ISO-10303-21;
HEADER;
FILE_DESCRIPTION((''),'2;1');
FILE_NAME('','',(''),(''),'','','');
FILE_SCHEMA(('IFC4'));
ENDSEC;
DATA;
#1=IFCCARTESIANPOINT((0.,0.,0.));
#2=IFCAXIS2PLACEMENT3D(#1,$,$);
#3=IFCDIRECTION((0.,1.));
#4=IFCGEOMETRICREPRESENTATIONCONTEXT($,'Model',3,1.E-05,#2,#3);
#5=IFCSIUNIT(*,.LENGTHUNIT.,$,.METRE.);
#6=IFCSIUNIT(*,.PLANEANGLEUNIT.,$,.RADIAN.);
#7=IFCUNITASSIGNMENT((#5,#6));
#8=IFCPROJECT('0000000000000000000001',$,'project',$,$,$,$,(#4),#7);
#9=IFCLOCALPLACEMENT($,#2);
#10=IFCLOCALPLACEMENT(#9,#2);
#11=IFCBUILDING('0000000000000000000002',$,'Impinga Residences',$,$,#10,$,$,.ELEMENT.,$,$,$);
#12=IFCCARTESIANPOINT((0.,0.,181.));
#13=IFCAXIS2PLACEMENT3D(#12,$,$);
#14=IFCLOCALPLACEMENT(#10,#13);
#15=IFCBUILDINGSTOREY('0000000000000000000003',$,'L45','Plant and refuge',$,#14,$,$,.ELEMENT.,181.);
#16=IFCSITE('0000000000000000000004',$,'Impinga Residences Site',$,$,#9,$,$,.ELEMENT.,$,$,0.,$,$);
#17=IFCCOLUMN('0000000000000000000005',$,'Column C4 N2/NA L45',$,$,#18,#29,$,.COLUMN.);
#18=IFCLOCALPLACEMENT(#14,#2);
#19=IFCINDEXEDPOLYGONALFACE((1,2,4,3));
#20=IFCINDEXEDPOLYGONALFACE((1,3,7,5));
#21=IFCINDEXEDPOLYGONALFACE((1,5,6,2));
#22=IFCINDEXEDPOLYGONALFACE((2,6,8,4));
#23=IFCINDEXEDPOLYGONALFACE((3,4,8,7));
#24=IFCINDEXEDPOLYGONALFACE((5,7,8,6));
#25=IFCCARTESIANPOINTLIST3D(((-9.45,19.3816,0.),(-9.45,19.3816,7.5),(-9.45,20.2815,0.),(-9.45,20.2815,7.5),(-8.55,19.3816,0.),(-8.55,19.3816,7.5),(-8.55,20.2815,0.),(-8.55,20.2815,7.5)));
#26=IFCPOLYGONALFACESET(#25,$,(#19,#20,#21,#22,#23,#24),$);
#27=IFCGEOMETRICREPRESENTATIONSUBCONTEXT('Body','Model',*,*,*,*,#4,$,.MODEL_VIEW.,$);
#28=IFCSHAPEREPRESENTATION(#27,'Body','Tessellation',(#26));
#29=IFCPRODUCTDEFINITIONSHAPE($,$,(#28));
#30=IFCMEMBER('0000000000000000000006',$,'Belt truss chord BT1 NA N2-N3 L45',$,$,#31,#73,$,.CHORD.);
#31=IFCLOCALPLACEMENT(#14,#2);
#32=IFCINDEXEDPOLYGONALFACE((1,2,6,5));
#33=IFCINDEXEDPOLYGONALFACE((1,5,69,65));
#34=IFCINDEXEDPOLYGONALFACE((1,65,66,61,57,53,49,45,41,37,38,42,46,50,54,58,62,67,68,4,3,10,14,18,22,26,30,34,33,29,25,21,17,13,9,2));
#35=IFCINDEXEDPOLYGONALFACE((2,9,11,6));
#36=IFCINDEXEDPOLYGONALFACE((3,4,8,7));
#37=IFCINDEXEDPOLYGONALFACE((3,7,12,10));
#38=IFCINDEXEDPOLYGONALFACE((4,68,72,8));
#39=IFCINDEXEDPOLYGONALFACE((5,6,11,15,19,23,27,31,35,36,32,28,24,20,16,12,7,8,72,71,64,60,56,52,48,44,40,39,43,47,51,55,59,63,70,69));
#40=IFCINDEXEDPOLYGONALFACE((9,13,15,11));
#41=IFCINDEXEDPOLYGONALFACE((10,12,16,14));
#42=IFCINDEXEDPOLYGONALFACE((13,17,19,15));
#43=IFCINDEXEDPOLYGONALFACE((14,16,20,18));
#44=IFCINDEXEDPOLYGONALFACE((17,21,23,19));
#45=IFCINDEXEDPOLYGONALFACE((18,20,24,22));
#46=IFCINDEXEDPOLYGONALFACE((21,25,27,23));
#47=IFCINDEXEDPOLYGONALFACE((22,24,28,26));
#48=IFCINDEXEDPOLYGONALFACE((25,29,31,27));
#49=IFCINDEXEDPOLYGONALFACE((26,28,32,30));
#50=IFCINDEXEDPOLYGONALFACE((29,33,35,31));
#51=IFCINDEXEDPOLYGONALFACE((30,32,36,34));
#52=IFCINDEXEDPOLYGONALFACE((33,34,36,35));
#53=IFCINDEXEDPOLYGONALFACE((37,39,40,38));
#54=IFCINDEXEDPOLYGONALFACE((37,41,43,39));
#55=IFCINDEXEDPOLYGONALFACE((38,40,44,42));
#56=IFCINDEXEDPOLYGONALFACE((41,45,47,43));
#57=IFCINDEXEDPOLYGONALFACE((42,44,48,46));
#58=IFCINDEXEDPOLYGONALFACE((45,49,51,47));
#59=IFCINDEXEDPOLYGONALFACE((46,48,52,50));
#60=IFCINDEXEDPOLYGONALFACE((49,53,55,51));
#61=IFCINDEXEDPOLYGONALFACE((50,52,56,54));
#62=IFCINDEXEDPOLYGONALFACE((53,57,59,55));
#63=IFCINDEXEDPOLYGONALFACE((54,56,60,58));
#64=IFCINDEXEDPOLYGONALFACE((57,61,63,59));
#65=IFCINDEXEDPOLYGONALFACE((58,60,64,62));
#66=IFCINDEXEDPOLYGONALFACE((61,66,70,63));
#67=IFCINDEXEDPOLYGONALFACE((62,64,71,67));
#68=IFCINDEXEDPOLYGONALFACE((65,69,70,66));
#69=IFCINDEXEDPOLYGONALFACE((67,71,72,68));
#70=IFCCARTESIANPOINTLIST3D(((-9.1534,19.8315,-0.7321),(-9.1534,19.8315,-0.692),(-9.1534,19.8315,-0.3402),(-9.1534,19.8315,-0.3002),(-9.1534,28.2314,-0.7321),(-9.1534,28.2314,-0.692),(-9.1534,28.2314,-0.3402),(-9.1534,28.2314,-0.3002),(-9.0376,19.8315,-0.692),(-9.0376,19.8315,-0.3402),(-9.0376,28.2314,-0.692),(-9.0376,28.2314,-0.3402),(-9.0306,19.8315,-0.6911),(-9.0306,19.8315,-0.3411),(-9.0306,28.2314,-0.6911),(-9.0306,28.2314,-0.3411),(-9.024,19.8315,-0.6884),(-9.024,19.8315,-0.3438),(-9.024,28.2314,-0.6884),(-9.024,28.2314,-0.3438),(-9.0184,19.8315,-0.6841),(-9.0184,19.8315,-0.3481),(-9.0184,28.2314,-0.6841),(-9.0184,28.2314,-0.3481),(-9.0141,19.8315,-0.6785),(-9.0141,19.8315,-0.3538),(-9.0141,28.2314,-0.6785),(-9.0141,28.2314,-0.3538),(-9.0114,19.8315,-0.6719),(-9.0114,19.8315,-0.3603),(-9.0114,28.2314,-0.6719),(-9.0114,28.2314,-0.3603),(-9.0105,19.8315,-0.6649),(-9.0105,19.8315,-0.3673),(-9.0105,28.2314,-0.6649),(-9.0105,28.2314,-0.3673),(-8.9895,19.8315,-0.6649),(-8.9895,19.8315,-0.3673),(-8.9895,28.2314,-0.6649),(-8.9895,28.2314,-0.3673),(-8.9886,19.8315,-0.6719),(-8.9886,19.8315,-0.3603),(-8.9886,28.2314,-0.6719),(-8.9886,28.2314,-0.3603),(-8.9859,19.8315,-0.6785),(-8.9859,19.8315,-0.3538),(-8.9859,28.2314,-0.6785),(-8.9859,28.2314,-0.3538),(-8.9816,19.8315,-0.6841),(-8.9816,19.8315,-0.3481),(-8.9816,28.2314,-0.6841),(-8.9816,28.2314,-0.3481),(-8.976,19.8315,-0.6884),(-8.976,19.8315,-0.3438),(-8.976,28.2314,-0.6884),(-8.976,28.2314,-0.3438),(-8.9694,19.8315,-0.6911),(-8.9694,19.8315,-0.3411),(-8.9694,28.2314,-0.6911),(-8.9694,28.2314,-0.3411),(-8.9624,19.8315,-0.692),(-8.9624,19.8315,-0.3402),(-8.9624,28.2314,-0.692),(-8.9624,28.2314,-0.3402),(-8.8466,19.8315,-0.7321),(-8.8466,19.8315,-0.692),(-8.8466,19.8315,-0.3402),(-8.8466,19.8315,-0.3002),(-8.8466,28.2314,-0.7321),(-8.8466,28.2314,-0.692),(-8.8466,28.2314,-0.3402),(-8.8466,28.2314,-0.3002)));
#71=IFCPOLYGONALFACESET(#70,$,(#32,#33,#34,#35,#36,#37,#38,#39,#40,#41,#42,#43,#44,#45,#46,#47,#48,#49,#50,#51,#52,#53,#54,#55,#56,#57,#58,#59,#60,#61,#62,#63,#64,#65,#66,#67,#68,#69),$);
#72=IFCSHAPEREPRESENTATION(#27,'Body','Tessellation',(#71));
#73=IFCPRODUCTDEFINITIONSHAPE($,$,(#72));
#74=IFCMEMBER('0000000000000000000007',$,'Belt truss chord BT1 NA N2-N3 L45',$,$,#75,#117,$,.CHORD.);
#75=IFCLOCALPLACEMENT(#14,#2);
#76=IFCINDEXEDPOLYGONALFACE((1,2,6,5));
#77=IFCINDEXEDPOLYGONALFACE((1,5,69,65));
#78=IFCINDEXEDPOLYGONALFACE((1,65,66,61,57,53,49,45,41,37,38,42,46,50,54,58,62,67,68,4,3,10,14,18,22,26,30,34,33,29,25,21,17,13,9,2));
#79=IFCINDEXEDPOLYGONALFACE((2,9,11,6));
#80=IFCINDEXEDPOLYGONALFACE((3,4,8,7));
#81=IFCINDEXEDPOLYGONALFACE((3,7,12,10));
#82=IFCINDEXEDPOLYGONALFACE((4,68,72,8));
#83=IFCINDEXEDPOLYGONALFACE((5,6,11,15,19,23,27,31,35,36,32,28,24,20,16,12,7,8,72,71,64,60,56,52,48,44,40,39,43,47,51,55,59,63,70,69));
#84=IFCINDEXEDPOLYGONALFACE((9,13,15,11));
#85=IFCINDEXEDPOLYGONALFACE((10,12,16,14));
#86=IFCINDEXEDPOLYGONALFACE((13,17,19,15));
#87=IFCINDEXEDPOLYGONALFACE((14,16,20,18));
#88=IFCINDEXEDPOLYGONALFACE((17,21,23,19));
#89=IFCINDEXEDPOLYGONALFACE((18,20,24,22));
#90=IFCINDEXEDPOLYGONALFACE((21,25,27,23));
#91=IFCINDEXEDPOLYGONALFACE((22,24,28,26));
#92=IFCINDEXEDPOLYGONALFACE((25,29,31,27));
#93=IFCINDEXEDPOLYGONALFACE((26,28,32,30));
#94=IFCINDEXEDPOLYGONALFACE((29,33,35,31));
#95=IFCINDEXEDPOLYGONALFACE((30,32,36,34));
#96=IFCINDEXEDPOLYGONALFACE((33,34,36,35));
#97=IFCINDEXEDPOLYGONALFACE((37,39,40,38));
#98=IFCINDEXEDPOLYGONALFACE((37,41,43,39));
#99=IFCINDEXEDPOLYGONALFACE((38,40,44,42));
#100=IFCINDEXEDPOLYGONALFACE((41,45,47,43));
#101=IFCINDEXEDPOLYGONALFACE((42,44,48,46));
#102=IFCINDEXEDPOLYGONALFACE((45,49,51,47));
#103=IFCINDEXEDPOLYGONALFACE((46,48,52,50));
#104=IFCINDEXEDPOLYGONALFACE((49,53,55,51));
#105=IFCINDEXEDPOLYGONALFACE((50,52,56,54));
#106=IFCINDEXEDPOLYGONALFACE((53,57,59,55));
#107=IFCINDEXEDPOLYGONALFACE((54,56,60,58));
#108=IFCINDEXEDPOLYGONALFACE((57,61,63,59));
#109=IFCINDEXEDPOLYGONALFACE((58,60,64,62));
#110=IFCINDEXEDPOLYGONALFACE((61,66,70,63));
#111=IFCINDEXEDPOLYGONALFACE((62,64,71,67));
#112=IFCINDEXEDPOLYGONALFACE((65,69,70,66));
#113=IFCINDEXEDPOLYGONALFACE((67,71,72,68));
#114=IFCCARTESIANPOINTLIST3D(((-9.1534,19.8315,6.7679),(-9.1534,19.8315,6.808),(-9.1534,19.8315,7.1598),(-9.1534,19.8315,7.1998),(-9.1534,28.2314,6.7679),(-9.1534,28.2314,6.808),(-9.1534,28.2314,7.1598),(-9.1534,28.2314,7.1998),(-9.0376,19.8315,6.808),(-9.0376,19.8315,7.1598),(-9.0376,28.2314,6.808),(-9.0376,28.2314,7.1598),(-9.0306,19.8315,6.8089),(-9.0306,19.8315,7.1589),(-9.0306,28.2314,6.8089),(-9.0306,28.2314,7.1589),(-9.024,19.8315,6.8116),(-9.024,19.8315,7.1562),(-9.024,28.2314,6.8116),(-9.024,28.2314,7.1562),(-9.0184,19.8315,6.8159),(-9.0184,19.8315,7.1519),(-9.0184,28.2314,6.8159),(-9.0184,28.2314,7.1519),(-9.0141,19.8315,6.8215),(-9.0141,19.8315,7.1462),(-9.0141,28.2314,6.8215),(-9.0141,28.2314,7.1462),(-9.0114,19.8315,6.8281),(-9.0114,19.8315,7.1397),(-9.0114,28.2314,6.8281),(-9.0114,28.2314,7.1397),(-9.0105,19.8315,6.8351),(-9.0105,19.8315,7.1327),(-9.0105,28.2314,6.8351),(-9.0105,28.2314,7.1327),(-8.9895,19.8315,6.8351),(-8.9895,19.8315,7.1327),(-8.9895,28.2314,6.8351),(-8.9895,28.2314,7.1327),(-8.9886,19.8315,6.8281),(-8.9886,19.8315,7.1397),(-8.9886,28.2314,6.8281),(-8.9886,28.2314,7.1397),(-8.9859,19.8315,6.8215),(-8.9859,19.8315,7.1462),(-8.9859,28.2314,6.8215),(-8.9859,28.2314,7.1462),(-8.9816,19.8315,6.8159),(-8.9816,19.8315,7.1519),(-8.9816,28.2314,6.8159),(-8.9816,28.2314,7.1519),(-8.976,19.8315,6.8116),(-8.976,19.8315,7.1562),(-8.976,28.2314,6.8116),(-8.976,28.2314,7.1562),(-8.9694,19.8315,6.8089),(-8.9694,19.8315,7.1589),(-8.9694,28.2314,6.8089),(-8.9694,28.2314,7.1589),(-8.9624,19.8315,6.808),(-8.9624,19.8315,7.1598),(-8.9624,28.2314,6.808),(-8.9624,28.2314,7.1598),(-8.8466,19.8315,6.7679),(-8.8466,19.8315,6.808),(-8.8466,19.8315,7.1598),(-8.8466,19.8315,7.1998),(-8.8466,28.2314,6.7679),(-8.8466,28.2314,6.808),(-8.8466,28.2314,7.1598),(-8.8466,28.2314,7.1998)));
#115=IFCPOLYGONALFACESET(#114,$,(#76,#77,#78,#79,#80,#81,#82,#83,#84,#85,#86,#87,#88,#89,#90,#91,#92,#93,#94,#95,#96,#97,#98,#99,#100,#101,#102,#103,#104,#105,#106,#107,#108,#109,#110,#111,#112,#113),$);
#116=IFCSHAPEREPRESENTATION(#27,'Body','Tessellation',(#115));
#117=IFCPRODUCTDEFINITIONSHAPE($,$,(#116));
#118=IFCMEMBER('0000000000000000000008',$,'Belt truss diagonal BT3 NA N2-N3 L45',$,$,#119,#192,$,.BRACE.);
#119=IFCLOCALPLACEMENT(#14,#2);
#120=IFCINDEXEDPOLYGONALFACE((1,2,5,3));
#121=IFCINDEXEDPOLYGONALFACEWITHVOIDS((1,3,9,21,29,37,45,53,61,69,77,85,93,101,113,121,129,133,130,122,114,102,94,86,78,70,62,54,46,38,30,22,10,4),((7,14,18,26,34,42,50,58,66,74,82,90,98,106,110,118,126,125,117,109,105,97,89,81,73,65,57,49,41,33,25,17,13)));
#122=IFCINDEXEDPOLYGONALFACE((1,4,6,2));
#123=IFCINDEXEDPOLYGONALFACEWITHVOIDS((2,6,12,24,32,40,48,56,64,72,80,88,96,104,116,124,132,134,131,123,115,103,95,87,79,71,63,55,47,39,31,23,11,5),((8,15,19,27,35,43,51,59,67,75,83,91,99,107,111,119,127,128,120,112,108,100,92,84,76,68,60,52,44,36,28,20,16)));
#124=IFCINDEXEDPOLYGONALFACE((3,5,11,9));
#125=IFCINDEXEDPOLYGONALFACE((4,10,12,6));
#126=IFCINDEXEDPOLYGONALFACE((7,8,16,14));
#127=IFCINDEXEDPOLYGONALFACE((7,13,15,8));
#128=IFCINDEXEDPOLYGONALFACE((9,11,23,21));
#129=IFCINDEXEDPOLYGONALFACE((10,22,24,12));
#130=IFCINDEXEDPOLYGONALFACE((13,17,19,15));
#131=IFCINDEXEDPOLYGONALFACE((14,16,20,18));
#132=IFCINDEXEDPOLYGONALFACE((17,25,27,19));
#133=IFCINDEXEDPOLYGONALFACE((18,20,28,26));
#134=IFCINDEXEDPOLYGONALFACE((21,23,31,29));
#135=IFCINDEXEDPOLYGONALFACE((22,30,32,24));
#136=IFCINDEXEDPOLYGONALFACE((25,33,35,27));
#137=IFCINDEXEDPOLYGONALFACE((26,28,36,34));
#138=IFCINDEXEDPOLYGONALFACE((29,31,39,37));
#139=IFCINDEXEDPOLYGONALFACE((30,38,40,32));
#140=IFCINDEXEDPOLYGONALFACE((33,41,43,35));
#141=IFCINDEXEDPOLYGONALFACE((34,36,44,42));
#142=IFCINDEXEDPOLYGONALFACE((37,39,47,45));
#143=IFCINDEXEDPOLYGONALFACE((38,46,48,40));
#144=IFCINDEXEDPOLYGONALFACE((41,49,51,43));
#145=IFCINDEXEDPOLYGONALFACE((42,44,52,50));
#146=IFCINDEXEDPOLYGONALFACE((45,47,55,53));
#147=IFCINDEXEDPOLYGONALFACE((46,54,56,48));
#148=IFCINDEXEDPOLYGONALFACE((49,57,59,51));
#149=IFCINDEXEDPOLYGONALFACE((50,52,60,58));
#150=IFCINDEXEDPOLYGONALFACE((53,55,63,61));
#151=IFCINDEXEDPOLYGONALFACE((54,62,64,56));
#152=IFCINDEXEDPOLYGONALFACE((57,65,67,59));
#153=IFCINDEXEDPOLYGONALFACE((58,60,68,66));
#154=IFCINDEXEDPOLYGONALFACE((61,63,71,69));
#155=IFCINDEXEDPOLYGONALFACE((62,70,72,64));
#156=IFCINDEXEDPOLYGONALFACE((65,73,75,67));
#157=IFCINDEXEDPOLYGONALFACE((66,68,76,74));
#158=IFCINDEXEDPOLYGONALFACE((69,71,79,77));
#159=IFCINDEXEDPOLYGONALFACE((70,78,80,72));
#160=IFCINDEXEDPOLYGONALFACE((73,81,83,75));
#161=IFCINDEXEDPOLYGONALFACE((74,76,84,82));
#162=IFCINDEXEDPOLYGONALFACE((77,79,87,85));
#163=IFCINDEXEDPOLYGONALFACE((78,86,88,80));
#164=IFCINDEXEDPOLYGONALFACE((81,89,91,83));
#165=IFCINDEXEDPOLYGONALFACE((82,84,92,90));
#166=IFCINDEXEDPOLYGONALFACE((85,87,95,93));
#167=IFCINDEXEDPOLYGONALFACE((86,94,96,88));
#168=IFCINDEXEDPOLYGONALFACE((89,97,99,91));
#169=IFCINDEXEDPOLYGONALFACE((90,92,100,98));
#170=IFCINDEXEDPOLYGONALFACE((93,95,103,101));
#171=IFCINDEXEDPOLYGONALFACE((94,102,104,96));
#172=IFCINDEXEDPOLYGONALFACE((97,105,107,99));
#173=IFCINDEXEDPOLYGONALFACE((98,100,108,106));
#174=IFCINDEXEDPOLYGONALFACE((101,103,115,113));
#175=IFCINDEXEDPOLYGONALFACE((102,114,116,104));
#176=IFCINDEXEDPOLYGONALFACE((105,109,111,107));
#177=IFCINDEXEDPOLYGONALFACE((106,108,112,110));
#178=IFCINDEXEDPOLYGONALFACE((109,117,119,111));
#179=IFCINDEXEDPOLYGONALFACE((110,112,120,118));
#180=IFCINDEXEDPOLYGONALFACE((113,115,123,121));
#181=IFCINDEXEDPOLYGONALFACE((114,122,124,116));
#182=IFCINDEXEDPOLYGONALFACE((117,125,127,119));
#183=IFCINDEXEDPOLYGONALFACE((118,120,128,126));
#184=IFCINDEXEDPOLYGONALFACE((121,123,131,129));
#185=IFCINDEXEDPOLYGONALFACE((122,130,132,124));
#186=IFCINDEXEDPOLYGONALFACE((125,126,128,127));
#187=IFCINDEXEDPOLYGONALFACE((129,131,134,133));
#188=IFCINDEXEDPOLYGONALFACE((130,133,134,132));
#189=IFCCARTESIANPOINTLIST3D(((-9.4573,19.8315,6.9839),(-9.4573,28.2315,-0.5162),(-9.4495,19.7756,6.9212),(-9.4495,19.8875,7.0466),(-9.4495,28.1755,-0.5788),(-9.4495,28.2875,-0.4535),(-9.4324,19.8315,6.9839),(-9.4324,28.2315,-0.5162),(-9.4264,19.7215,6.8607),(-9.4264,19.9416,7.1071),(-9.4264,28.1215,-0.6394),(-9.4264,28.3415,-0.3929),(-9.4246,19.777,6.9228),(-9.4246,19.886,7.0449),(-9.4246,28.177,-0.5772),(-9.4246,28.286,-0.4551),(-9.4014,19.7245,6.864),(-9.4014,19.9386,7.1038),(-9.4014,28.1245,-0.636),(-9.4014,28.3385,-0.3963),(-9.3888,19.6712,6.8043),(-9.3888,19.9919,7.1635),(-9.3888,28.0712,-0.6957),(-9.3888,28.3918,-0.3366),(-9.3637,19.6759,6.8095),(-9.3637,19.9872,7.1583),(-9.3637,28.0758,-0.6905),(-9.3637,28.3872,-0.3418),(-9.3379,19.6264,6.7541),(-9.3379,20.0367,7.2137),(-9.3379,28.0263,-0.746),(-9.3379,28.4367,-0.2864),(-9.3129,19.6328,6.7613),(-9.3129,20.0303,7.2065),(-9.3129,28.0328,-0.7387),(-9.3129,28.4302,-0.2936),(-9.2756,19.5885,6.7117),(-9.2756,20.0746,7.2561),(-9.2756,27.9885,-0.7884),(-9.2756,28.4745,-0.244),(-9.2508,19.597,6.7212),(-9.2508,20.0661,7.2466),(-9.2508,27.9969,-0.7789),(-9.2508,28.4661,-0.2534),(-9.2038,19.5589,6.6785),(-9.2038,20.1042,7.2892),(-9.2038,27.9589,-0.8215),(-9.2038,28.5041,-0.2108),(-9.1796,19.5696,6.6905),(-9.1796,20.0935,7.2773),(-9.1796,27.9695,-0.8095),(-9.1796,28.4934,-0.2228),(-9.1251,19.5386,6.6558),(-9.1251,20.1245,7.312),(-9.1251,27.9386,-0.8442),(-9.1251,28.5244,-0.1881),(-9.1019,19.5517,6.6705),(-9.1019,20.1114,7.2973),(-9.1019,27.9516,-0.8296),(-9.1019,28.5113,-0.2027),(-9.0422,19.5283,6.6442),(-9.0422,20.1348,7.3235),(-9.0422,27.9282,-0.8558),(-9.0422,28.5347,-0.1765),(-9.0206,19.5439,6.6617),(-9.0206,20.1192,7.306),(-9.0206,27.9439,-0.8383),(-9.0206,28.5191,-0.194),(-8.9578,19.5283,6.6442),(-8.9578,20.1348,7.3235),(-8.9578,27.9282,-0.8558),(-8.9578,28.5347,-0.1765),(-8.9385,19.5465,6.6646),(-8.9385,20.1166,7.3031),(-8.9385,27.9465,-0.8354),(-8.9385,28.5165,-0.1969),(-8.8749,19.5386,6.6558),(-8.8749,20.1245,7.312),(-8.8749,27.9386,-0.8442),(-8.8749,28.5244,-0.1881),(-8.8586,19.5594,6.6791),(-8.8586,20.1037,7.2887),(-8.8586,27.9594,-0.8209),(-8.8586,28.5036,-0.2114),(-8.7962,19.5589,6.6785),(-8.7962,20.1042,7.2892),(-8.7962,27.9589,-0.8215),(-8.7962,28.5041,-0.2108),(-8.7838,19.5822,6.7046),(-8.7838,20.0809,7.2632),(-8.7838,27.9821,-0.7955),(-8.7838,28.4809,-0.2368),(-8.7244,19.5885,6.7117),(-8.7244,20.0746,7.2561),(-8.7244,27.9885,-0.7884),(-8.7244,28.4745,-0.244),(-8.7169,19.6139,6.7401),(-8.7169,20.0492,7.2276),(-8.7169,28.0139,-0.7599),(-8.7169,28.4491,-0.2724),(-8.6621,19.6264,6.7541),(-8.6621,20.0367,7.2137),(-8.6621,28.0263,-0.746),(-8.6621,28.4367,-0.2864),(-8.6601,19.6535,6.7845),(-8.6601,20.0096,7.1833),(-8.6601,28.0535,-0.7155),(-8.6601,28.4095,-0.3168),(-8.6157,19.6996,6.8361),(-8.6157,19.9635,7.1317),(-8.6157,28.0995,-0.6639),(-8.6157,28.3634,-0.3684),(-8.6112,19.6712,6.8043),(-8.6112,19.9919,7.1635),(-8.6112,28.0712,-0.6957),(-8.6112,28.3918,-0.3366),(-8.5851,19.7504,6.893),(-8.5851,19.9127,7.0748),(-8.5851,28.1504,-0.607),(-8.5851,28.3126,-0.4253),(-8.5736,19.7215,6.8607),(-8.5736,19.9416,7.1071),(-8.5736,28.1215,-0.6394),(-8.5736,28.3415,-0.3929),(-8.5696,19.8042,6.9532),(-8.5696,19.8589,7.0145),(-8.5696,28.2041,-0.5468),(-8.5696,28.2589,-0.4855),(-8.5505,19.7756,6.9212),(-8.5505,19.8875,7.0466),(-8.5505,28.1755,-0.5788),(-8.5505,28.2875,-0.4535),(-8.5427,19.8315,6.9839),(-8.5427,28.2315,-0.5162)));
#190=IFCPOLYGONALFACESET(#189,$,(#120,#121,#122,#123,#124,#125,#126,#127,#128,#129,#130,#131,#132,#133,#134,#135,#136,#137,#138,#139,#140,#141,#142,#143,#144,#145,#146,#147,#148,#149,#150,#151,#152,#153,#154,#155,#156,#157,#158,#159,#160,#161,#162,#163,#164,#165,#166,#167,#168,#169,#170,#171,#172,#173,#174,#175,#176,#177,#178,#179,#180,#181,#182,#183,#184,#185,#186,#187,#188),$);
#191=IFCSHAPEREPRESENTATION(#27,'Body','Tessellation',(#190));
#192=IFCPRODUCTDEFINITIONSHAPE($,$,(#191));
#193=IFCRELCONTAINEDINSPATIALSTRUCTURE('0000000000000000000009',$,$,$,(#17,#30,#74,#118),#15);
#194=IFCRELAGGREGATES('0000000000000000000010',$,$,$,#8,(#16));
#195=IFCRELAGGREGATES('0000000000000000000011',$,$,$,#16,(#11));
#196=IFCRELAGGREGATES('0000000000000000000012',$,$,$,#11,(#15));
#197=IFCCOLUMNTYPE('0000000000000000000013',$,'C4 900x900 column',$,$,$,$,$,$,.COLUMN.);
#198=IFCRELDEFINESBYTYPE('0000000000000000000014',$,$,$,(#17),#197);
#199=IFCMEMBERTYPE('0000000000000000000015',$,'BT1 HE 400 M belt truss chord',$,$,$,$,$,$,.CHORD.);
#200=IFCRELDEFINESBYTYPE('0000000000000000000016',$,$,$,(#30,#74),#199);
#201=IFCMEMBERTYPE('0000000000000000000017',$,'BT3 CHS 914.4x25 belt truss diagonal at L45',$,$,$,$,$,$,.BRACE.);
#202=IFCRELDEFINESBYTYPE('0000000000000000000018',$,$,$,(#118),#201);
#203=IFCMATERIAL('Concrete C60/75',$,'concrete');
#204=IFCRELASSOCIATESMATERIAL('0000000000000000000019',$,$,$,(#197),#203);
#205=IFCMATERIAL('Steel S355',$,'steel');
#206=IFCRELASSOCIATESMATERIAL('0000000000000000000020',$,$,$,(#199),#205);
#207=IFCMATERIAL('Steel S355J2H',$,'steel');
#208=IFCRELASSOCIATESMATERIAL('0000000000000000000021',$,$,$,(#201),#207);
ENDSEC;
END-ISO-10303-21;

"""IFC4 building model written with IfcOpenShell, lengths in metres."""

from ifc_helpers import new_model, si_unit, direction, frame, origin, origin_2d, place, context, subcontext, project, spatial, rectangle, hollow_circle, i_section, extrude, material, material_profile, profile_set, type_object, element, save


model = new_model("IFC4")

# Units and contexts
model_context = context("Model", 3, precision=1e-05, world=origin(), true_north=direction((0.0, 1.0)))
body_context = subcontext(model_context, "Body", "Model", "MODEL_VIEW")
ifc_project = project(units=[si_unit("LENGTHUNIT", "METRE"), si_unit("PLANEANGLEUNIT", "RADIAN")], contexts=[model_context])

# Site, building, storey
site_placement = place(None, origin())
site = spatial("IfcSite", under=ifc_project, at=site_placement, Name="Impinga Residences Site", CompositionType="ELEMENT", RefElevation=0.0)
building_placement = place(site_placement, origin())
building = spatial("IfcBuilding", under=site, at=building_placement, Name="Impinga Residences", CompositionType="ELEMENT")
storey_placement = place(building_placement, frame((0.0, 0.0, 181.0)))
storey = spatial("IfcBuildingStorey", under=building, at=storey_placement, Name="L45", Description="Plant and refuge", CompositionType="ELEMENT", Elevation=181.0)

# Column
ifc_material_1 = material(Name="Concrete C60/75", Category="concrete")
ifc_material_profile_1 = material_profile(ifc_material_1, rectangle(XDim=0.8999, YDim=0.8999, at=origin_2d()), Name="RC 900x900")
ifc_profile_set_1 = profile_set([ifc_material_profile_1], Name="Concrete C60/75")
column_type = type_object("IfcColumnType", Name="C4 900x900 column", PredefinedType="COLUMN", material=ifc_profile_set_1)
column_placement = place(storey_placement, frame((-9.0, 19.8315, 0.0), z_axis=(0.0, 0.0, 1.0), x_axis=(1.0, 0.0, 0.0)))
element("IfcColumn", 1, at=column_placement, inside=storey, type_object=column_type, Name="Column C4 N2/NA L45", PredefinedType="COLUMN", context=body_context, shape_type="SweptSolid", body=[
    extrude(rectangle(XDim=0.8999, YDim=0.8999, at=origin_2d()), origin(), (0.0, 0.0, 1.0), 7.5),
])

# Members
ifc_material_2 = material(Name="Steel S355", Category="steel")
ifc_material_profile_2 = material_profile(ifc_material_2, i_section(OverallWidth=0.3069, OverallDepth=0.4319, WebThickness=0.021, FlangeThickness=0.04, FilletRadius=0.0271, at=origin_2d()), Name="HE 400 M")
ifc_profile_set_2 = profile_set([ifc_material_profile_2], Name="Steel S355")
member_type_1 = type_object("IfcMemberType", Name="BT1 HE 400 M belt truss chord", PredefinedType="CHORD", material=ifc_profile_set_2)
for number, where, z_axis, x_axis, name in (
    (2, (-9.0, 19.8315, -0.5161), (0.0, 1.0, 0.0), (-1.0, 0.0, 0.0), "Belt truss chord BT1 NA N2-N3 L45"),
    (3, (-9.0, 19.8315, 6.9839), (0.0, 1.0, 0.0), (-1.0, 0.0, 0.0), "Belt truss chord BT1 NA N2-N3 L45"),
):
    element("IfcMember", number, at=place(storey_placement, frame(where, z_axis=z_axis, x_axis=x_axis)), inside=storey, type_object=member_type_1, Name=name, PredefinedType="CHORD", context=body_context, shape_type="SweptSolid", body=[
        extrude(i_section(OverallWidth=0.3069, OverallDepth=0.4319, WebThickness=0.021, FlangeThickness=0.04, FilletRadius=0.0271, at=origin_2d()), origin(), (0.0, 0.0, 1.0), 8.3999),
    ])
ifc_material_3 = material(Name="Steel S355J2H", Category="steel")
ifc_material_profile_3 = material_profile(ifc_material_3, hollow_circle(Radius=0.4573, WallThickness=0.0249, at=origin_2d()), Name="CHS 914.4x25")
ifc_profile_set_3 = profile_set([ifc_material_profile_3], Name="Steel S355J2H")
member_type_2 = type_object("IfcMemberType", Name="BT3 CHS 914.4x25 belt truss diagonal at L45", PredefinedType="BRACE", material=ifc_profile_set_3)
member_1_placement = place(storey_placement, frame((-9.0, 19.8315, 6.9839), z_axis=(0.0, 0.745934, -0.66602), x_axis=(-1.0, 0.0, 0.0)))
element("IfcMember", 4, at=member_1_placement, inside=storey, type_object=member_type_2, Name="Belt truss diagonal BT3 NA N2-N3 L45", PredefinedType="BRACE", context=body_context, shape_type="SweptSolid", body=[
    extrude(hollow_circle(Radius=0.4573, WallThickness=0.0249, at=origin_2d()), origin(), (0.0, 0.0, 1.0), 11.261),
])

save(model, "model.ifc")
